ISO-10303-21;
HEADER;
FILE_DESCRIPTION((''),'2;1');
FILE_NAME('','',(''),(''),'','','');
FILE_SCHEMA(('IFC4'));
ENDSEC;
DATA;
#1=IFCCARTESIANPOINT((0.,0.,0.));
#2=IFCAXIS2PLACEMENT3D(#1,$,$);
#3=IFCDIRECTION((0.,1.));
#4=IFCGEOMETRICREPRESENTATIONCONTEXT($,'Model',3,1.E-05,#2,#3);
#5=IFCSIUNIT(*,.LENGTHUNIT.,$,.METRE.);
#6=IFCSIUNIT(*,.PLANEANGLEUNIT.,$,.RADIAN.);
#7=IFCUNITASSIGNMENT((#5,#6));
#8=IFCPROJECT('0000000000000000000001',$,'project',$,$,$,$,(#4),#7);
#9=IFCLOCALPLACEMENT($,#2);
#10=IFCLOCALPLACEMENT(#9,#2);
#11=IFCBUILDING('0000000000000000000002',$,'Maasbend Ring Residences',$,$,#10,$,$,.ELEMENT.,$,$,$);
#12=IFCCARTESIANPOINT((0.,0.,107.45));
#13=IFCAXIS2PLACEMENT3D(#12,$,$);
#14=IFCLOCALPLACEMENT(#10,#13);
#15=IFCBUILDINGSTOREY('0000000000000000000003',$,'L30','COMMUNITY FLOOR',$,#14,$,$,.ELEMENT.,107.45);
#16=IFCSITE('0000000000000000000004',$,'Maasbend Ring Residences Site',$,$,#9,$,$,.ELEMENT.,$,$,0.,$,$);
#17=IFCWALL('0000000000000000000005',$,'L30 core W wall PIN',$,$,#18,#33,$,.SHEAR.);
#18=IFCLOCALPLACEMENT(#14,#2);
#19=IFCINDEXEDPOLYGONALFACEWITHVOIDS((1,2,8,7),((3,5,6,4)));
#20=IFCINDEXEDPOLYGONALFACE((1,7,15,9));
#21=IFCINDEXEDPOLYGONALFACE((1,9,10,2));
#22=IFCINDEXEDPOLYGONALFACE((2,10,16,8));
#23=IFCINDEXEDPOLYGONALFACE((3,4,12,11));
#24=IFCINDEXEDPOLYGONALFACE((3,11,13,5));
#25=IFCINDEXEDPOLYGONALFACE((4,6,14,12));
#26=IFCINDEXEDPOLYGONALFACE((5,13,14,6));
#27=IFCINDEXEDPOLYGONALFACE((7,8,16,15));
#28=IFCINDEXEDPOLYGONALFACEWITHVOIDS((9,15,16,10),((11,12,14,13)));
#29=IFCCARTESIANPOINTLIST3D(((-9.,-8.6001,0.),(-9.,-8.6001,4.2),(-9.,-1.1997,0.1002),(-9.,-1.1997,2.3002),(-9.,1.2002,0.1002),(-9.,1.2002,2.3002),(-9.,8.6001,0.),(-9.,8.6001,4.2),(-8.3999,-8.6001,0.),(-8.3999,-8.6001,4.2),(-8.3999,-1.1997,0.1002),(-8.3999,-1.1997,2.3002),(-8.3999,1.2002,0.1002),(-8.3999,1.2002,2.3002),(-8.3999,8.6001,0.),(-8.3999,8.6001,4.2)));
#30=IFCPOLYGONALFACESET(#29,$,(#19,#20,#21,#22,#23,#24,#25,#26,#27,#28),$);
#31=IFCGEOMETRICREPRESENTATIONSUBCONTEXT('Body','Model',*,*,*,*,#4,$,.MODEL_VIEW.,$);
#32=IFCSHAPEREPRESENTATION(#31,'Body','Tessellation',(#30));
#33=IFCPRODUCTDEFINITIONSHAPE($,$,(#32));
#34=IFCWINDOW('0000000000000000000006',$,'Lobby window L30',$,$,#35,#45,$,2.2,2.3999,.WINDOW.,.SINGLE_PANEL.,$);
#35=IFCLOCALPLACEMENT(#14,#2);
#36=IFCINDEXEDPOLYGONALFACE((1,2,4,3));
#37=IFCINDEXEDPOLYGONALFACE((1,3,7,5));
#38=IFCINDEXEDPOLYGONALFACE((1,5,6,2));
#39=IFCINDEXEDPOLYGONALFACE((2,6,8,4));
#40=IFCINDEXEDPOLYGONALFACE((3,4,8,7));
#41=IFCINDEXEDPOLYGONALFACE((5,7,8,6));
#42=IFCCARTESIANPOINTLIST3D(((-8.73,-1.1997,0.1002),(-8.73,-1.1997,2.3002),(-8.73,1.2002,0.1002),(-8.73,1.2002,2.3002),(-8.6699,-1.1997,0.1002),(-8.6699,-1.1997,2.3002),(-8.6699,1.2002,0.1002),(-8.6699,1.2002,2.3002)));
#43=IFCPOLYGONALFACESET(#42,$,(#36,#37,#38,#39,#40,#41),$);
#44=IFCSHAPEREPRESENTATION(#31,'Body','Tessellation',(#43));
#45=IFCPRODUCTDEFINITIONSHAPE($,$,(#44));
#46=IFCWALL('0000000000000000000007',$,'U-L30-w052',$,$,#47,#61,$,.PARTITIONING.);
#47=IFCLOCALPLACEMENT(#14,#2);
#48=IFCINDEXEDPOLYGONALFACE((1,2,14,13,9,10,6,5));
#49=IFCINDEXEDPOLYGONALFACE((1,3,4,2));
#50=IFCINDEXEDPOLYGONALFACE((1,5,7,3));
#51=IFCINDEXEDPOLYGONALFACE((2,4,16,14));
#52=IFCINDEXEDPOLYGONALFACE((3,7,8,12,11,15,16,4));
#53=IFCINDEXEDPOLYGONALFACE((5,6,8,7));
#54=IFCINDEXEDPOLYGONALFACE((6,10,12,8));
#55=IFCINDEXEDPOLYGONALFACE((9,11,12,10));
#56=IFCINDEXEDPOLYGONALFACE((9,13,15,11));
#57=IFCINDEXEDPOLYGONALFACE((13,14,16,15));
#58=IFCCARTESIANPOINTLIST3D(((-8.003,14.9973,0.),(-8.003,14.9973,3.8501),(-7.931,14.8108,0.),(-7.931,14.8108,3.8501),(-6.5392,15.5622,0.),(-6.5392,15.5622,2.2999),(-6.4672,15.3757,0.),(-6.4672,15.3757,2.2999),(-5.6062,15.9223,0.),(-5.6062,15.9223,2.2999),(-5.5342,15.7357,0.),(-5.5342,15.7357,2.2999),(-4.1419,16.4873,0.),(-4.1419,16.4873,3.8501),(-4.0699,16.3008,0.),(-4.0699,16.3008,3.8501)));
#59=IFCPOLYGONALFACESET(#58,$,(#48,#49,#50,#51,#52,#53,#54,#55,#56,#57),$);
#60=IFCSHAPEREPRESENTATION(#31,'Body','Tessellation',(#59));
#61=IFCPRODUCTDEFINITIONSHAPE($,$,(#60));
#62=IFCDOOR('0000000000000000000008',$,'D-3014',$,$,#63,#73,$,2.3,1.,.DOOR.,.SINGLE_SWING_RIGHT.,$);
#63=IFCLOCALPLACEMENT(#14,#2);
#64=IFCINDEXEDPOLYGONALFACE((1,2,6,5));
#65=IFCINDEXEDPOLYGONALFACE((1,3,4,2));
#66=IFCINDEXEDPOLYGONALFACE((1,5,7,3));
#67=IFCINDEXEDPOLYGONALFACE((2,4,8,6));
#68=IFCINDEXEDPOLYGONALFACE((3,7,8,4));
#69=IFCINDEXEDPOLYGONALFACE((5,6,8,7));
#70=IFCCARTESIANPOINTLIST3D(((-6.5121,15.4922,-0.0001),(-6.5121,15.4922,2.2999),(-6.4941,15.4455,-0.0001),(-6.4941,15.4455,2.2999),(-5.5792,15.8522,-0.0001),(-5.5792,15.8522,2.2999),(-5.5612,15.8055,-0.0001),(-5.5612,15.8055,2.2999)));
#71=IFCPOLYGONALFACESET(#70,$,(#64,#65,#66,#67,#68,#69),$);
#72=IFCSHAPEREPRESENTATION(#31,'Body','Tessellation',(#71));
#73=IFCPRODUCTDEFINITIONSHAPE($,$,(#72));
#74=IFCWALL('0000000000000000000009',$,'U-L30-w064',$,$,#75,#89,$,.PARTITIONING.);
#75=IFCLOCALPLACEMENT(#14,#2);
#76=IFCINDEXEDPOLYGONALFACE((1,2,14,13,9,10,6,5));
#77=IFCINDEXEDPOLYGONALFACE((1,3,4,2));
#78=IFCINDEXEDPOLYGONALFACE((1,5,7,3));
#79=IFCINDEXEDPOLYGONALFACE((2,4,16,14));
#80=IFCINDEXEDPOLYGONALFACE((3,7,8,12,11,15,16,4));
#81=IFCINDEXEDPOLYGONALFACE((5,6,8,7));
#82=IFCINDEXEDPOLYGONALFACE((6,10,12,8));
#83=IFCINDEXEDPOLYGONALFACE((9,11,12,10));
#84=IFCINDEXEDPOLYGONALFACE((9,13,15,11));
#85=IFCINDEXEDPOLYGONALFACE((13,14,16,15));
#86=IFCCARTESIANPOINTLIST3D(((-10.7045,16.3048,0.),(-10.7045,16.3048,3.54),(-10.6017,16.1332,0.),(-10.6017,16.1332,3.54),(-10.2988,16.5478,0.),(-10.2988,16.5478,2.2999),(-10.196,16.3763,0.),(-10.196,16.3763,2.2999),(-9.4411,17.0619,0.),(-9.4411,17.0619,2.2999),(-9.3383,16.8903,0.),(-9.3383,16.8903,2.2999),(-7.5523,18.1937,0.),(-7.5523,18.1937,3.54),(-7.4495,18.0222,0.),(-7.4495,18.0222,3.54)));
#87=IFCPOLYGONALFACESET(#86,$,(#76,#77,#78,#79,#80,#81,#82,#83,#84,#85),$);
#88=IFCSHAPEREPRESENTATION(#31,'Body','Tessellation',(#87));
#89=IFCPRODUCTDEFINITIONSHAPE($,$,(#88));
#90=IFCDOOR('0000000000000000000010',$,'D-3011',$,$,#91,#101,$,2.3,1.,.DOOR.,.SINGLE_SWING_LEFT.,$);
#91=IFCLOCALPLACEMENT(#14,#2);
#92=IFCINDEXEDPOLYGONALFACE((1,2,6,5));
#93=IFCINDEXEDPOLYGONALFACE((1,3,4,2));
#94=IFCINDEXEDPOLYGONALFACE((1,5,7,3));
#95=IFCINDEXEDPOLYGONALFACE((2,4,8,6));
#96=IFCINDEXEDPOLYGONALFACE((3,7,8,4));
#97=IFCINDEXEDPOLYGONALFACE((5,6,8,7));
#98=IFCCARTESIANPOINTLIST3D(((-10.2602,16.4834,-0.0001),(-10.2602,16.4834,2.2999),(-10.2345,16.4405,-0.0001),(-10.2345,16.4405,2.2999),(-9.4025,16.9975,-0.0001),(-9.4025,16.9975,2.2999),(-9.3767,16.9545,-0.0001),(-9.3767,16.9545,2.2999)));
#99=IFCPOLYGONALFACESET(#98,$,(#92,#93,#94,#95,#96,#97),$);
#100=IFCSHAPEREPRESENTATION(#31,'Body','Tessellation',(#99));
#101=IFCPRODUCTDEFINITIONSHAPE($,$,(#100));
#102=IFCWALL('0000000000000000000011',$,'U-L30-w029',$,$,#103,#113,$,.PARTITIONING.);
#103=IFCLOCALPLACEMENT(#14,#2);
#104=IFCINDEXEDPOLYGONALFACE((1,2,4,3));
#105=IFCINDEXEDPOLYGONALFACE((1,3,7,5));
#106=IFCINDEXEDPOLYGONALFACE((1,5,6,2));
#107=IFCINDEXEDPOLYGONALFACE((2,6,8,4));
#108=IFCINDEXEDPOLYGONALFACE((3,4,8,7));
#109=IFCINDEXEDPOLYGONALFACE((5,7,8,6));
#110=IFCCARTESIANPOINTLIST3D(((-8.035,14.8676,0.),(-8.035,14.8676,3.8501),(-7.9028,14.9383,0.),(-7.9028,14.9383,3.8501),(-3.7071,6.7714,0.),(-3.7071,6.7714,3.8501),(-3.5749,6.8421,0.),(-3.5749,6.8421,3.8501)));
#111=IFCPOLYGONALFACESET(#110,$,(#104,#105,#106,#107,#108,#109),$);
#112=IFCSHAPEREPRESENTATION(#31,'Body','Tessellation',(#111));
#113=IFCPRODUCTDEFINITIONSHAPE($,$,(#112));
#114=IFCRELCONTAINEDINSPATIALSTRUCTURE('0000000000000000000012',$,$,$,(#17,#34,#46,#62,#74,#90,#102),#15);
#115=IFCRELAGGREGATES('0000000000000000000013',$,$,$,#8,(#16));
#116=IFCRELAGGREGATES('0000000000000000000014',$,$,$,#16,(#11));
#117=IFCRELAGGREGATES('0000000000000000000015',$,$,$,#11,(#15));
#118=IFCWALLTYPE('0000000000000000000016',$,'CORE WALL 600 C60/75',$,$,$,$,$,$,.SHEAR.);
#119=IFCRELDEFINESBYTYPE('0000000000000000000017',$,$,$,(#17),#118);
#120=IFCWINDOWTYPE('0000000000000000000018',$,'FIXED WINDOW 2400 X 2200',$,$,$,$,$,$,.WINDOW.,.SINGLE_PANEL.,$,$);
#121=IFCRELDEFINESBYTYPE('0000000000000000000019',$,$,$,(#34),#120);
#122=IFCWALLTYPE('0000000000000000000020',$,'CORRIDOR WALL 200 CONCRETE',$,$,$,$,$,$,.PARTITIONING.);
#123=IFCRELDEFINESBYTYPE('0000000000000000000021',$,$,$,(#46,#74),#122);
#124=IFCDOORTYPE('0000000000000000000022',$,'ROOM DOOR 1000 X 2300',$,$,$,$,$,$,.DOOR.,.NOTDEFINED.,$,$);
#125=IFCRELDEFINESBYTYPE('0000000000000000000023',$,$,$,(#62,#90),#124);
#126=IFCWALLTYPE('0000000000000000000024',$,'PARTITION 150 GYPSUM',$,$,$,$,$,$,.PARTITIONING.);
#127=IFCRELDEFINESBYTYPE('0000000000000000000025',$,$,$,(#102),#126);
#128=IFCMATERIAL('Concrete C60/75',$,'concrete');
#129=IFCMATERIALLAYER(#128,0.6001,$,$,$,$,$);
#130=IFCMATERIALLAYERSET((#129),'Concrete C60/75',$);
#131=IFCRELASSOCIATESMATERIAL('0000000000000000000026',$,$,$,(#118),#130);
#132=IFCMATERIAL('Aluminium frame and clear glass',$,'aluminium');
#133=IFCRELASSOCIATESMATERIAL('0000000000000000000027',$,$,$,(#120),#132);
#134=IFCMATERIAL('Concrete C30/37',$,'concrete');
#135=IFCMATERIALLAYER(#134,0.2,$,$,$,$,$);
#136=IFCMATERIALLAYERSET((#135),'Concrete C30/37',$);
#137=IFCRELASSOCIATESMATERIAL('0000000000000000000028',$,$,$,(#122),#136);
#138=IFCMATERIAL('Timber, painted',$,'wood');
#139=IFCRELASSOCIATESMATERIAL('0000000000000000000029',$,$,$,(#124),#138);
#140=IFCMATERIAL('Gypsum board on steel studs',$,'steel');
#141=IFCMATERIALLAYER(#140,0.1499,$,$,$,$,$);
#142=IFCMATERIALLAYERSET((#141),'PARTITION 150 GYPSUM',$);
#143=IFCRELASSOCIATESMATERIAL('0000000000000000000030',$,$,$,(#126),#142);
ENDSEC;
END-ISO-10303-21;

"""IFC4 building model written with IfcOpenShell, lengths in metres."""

from ifc_helpers import new_model, si_unit, direction, frame, frame_2d, origin, place, context, subcontext, project, spatial, rectangle, extrude, material, layer, layer_set, type_object, element, fill, save


model = new_model("IFC4")

# Units and contexts
model_context = context("Model", 3, precision=1e-05, world=origin(), true_north=direction((0.0, 1.0)))
body_context = subcontext(model_context, "Body", "Model", "MODEL_VIEW")
ifc_project = project(units=[si_unit("LENGTHUNIT", "METRE"), si_unit("PLANEANGLEUNIT", "RADIAN")], contexts=[model_context])

# Site, building, storey
site_placement = place(None, origin())
site = spatial("IfcSite", under=ifc_project, at=site_placement, Name="Maasbend Ring Residences Site", CompositionType="ELEMENT", RefElevation=0.0)
building_placement = place(site_placement, origin())
building = spatial("IfcBuilding", under=site, at=building_placement, Name="Maasbend Ring Residences", CompositionType="ELEMENT")
storey_placement = place(building_placement, frame((0.0, 0.0, 107.45)))
storey = spatial("IfcBuildingStorey", under=building, at=storey_placement, Name="L30", Description="COMMUNITY FLOOR", CompositionType="ELEMENT", Elevation=107.45)

# Shared definitions
ifc_material_1 = material(Name="Concrete C60/75", Category="concrete")
ifc_layer_1 = layer(ifc_material_1, 0.6001)
ifc_layer_set_1 = layer_set([ifc_layer_1], Name="Concrete C60/75")
wall_type_1 = type_object("IfcWallType", Name="CORE WALL 600 C60/75", PredefinedType="SHEAR", material=ifc_layer_set_1)

# Wall, opening, window
wall_1_placement = place(storey_placement, frame((-8.7, 8.6001, 0.0), z_axis=(0.0, 0.0, 1.0), x_axis=(0.0, -1.0, 0.0)))
wall_1 = element("IfcWall", 1, at=wall_1_placement, inside=storey, type_object=wall_type_1, Name="L30 core W wall PIN", PredefinedType="SHEAR", context=body_context, shape_type="SweptSolid", body=[
    extrude(rectangle(XDim=17.2002, YDim=0.6001, at=frame_2d((8.6001, 0.0))), origin(), (0.0, 0.0, 1.0), 4.2),
])
opening_1_placement = place(wall_1_placement, frame((7.3999, 0.0, 0.1001)))
opening_1 = element("IfcOpeningElement", 2, at=opening_1_placement, cuts=wall_1, PredefinedType="OPENING", context=body_context, shape_type="SweptSolid", body=[
    extrude(rectangle(XDim=2.3999, YDim=2.2, at=frame_2d((1.2, 1.1001))), frame((0.0, 0.3101, 0.0), z_axis=(0.0, -1.0, 0.0), x_axis=(1.0, 0.0, 0.0)), (0.0, 0.0, 1.0), 0.6201),
])
ifc_material_2 = material(Name="Aluminium frame and clear glass", Category="aluminium")
window_type = type_object("IfcWindowType", Name="FIXED WINDOW 2400 X 2200", PartitioningType="SINGLE_PANEL", PredefinedType="WINDOW", material=ifc_material_2)
window_placement = place(opening_1_placement, origin())
window = element("IfcWindow", 3, at=window_placement, inside=storey, type_object=window_type, Name="Lobby window L30", OverallHeight=2.2, OverallWidth=2.3999, PartitioningType="SINGLE_PANEL", PredefinedType="WINDOW", context=body_context, shape_type="SweptSolid", body=[
    extrude(rectangle(XDim=2.3999, YDim=2.2, at=frame_2d((1.2, 1.1001))), frame((0.0, 0.03, 0.0), z_axis=(0.0, -1.0, 0.0), x_axis=(1.0, 0.0, 0.0)), (0.0, 0.0, 1.0), 0.0601),
])
fill(opening_1, window)

# Walls, openings, doors
ifc_material_3 = material(Name="Concrete C30/37", Category="concrete")
ifc_layer_2 = layer(ifc_material_3, 0.2)
ifc_layer_set_2 = layer_set([ifc_layer_2], Name="Concrete C30/37")
wall_type_2 = type_object("IfcWallType", Name="CORRIDOR WALL 200 CONCRETE", PredefinedType="PARTITIONING", material=ifc_layer_set_2)
wall_2_placement = place(storey_placement, frame((-7.967, 14.9041, 0.0), z_axis=(0.0, 0.0, 1.0), x_axis=(0.932944, 0.360022, 0.0)))
wall_2 = element("IfcWall", 4, at=wall_2_placement, inside=storey, type_object=wall_type_2, Name="U-L30-w052", PredefinedType="PARTITIONING", context=body_context, shape_type="SweptSolid", body=[
    extrude(rectangle(XDim=4.1387, YDim=0.2, at=frame_2d((2.0693, 0.0))), origin(), (0.0, 0.0, 1.0), 3.8501),
])
opening_2_placement = place(wall_2_placement, frame((1.5691, 0.0, 0.0)))
opening_2 = element("IfcOpeningElement", 5, at=opening_2_placement, cuts=wall_2, PredefinedType="OPENING", context=body_context, shape_type="SweptSolid", body=[
    extrude(rectangle(XDim=1.0, YDim=2.3, at=frame_2d((0.5, 1.1499))), frame((0.0, 0.1099, 0.0), z_axis=(0.0, -1.0, 0.0), x_axis=(1.0, 0.0, 0.0)), (0.0, 0.0, 1.0), 0.22),
])
ifc_material_4 = material(Name="Timber, painted", Category="wood")
door_type_1 = type_object("IfcDoorType", Name="ROOM DOOR 1000 X 2300", OperationType="NOTDEFINED", PredefinedType="DOOR", material=ifc_material_4)
door_1_placement = place(opening_2_placement, origin())
door_1 = element("IfcDoor", 6, at=door_1_placement, inside=storey, type_object=door_type_1, Name="D-3014", OperationType="SINGLE_SWING_RIGHT", OverallHeight=2.3, OverallWidth=1.0, PredefinedType="DOOR", context=body_context, shape_type="SweptSolid", body=[
    extrude(rectangle(XDim=1.0, YDim=2.3, at=frame_2d((0.5, 1.1499))), frame((0.0, 0.0249, 0.0), z_axis=(0.0, -1.0, 0.0), x_axis=(1.0, 0.0, 0.0)), (0.0, 0.0, 1.0), 0.05),
])
fill(opening_2, door_1)
wall_3_placement = place(storey_placement, frame((-10.6531, 16.219, 0.0), z_axis=(0.0, 0.0, 1.0), x_axis=(0.857774, 0.514027, 0.0)))
wall_3 = element("IfcWall", 7, at=wall_3_placement, inside=storey, type_object=wall_type_2, Name="U-L30-w064", PredefinedType="PARTITIONING", context=body_context, shape_type="SweptSolid", body=[
    extrude(rectangle(XDim=3.6748, YDim=0.2, at=frame_2d((1.8374, 0.0))), origin(), (0.0, 0.0, 1.0), 3.54),
])
opening_3_placement = place(wall_3_placement, frame((0.4729, 0.0, 0.0)))
opening_3 = element("IfcOpeningElement", 8, at=opening_3_placement, cuts=wall_3, PredefinedType="OPENING", context=body_context, shape_type="SweptSolid", body=[
    extrude(rectangle(XDim=1.0, YDim=2.3, at=frame_2d((0.5, 1.1499))), frame((0.0, 0.1099, 0.0), z_axis=(0.0, -1.0, 0.0), x_axis=(1.0, 0.0, 0.0)), (0.0, 0.0, 1.0), 0.22),
])
door_2_placement = place(opening_3_placement, origin())
door_2 = element("IfcDoor", 9, at=door_2_placement, inside=storey, type_object=door_type_1, Name="D-3011", OperationType="SINGLE_SWING_LEFT", OverallHeight=2.3, OverallWidth=1.0, PredefinedType="DOOR", context=body_context, shape_type="SweptSolid", body=[
    extrude(rectangle(XDim=1.0, YDim=2.3, at=frame_2d((0.5, 1.1499))), frame((0.0, 0.0249, 0.0), z_axis=(0.0, -1.0, 0.0), x_axis=(1.0, 0.0, 0.0)), (0.0, 0.0, 1.0), 0.05),
])
fill(opening_3, door_2)

# Wall
ifc_material_5 = material(Name="Gypsum board on steel studs", Category="steel")
ifc_layer_3 = layer(ifc_material_5, 0.1499)
ifc_layer_set_3 = layer_set([ifc_layer_3], Name="PARTITION 150 GYPSUM")
wall_type_3 = type_object("IfcWallType", Name="PARTITION 150 GYPSUM", PredefinedType="PARTITIONING", material=ifc_layer_set_3)
wall_4_placement = place(storey_placement, frame((-7.969, 14.9031, 0.0), z_axis=(0.0, 0.0, 1.0), x_axis=(0.471429, -0.881904, 0.0)))
element("IfcWall", 10, at=wall_4_placement, inside=storey, type_object=wall_type_3, Name="U-L30-w029", PredefinedType="PARTITIONING", context=body_context, shape_type="SweptSolid", body=[
    extrude(rectangle(XDim=9.1804, YDim=0.1499, at=frame_2d((4.5903, 0.0))), origin(), (0.0, 0.0, 1.0), 3.8501),
])

save(model, "model.ifc")
